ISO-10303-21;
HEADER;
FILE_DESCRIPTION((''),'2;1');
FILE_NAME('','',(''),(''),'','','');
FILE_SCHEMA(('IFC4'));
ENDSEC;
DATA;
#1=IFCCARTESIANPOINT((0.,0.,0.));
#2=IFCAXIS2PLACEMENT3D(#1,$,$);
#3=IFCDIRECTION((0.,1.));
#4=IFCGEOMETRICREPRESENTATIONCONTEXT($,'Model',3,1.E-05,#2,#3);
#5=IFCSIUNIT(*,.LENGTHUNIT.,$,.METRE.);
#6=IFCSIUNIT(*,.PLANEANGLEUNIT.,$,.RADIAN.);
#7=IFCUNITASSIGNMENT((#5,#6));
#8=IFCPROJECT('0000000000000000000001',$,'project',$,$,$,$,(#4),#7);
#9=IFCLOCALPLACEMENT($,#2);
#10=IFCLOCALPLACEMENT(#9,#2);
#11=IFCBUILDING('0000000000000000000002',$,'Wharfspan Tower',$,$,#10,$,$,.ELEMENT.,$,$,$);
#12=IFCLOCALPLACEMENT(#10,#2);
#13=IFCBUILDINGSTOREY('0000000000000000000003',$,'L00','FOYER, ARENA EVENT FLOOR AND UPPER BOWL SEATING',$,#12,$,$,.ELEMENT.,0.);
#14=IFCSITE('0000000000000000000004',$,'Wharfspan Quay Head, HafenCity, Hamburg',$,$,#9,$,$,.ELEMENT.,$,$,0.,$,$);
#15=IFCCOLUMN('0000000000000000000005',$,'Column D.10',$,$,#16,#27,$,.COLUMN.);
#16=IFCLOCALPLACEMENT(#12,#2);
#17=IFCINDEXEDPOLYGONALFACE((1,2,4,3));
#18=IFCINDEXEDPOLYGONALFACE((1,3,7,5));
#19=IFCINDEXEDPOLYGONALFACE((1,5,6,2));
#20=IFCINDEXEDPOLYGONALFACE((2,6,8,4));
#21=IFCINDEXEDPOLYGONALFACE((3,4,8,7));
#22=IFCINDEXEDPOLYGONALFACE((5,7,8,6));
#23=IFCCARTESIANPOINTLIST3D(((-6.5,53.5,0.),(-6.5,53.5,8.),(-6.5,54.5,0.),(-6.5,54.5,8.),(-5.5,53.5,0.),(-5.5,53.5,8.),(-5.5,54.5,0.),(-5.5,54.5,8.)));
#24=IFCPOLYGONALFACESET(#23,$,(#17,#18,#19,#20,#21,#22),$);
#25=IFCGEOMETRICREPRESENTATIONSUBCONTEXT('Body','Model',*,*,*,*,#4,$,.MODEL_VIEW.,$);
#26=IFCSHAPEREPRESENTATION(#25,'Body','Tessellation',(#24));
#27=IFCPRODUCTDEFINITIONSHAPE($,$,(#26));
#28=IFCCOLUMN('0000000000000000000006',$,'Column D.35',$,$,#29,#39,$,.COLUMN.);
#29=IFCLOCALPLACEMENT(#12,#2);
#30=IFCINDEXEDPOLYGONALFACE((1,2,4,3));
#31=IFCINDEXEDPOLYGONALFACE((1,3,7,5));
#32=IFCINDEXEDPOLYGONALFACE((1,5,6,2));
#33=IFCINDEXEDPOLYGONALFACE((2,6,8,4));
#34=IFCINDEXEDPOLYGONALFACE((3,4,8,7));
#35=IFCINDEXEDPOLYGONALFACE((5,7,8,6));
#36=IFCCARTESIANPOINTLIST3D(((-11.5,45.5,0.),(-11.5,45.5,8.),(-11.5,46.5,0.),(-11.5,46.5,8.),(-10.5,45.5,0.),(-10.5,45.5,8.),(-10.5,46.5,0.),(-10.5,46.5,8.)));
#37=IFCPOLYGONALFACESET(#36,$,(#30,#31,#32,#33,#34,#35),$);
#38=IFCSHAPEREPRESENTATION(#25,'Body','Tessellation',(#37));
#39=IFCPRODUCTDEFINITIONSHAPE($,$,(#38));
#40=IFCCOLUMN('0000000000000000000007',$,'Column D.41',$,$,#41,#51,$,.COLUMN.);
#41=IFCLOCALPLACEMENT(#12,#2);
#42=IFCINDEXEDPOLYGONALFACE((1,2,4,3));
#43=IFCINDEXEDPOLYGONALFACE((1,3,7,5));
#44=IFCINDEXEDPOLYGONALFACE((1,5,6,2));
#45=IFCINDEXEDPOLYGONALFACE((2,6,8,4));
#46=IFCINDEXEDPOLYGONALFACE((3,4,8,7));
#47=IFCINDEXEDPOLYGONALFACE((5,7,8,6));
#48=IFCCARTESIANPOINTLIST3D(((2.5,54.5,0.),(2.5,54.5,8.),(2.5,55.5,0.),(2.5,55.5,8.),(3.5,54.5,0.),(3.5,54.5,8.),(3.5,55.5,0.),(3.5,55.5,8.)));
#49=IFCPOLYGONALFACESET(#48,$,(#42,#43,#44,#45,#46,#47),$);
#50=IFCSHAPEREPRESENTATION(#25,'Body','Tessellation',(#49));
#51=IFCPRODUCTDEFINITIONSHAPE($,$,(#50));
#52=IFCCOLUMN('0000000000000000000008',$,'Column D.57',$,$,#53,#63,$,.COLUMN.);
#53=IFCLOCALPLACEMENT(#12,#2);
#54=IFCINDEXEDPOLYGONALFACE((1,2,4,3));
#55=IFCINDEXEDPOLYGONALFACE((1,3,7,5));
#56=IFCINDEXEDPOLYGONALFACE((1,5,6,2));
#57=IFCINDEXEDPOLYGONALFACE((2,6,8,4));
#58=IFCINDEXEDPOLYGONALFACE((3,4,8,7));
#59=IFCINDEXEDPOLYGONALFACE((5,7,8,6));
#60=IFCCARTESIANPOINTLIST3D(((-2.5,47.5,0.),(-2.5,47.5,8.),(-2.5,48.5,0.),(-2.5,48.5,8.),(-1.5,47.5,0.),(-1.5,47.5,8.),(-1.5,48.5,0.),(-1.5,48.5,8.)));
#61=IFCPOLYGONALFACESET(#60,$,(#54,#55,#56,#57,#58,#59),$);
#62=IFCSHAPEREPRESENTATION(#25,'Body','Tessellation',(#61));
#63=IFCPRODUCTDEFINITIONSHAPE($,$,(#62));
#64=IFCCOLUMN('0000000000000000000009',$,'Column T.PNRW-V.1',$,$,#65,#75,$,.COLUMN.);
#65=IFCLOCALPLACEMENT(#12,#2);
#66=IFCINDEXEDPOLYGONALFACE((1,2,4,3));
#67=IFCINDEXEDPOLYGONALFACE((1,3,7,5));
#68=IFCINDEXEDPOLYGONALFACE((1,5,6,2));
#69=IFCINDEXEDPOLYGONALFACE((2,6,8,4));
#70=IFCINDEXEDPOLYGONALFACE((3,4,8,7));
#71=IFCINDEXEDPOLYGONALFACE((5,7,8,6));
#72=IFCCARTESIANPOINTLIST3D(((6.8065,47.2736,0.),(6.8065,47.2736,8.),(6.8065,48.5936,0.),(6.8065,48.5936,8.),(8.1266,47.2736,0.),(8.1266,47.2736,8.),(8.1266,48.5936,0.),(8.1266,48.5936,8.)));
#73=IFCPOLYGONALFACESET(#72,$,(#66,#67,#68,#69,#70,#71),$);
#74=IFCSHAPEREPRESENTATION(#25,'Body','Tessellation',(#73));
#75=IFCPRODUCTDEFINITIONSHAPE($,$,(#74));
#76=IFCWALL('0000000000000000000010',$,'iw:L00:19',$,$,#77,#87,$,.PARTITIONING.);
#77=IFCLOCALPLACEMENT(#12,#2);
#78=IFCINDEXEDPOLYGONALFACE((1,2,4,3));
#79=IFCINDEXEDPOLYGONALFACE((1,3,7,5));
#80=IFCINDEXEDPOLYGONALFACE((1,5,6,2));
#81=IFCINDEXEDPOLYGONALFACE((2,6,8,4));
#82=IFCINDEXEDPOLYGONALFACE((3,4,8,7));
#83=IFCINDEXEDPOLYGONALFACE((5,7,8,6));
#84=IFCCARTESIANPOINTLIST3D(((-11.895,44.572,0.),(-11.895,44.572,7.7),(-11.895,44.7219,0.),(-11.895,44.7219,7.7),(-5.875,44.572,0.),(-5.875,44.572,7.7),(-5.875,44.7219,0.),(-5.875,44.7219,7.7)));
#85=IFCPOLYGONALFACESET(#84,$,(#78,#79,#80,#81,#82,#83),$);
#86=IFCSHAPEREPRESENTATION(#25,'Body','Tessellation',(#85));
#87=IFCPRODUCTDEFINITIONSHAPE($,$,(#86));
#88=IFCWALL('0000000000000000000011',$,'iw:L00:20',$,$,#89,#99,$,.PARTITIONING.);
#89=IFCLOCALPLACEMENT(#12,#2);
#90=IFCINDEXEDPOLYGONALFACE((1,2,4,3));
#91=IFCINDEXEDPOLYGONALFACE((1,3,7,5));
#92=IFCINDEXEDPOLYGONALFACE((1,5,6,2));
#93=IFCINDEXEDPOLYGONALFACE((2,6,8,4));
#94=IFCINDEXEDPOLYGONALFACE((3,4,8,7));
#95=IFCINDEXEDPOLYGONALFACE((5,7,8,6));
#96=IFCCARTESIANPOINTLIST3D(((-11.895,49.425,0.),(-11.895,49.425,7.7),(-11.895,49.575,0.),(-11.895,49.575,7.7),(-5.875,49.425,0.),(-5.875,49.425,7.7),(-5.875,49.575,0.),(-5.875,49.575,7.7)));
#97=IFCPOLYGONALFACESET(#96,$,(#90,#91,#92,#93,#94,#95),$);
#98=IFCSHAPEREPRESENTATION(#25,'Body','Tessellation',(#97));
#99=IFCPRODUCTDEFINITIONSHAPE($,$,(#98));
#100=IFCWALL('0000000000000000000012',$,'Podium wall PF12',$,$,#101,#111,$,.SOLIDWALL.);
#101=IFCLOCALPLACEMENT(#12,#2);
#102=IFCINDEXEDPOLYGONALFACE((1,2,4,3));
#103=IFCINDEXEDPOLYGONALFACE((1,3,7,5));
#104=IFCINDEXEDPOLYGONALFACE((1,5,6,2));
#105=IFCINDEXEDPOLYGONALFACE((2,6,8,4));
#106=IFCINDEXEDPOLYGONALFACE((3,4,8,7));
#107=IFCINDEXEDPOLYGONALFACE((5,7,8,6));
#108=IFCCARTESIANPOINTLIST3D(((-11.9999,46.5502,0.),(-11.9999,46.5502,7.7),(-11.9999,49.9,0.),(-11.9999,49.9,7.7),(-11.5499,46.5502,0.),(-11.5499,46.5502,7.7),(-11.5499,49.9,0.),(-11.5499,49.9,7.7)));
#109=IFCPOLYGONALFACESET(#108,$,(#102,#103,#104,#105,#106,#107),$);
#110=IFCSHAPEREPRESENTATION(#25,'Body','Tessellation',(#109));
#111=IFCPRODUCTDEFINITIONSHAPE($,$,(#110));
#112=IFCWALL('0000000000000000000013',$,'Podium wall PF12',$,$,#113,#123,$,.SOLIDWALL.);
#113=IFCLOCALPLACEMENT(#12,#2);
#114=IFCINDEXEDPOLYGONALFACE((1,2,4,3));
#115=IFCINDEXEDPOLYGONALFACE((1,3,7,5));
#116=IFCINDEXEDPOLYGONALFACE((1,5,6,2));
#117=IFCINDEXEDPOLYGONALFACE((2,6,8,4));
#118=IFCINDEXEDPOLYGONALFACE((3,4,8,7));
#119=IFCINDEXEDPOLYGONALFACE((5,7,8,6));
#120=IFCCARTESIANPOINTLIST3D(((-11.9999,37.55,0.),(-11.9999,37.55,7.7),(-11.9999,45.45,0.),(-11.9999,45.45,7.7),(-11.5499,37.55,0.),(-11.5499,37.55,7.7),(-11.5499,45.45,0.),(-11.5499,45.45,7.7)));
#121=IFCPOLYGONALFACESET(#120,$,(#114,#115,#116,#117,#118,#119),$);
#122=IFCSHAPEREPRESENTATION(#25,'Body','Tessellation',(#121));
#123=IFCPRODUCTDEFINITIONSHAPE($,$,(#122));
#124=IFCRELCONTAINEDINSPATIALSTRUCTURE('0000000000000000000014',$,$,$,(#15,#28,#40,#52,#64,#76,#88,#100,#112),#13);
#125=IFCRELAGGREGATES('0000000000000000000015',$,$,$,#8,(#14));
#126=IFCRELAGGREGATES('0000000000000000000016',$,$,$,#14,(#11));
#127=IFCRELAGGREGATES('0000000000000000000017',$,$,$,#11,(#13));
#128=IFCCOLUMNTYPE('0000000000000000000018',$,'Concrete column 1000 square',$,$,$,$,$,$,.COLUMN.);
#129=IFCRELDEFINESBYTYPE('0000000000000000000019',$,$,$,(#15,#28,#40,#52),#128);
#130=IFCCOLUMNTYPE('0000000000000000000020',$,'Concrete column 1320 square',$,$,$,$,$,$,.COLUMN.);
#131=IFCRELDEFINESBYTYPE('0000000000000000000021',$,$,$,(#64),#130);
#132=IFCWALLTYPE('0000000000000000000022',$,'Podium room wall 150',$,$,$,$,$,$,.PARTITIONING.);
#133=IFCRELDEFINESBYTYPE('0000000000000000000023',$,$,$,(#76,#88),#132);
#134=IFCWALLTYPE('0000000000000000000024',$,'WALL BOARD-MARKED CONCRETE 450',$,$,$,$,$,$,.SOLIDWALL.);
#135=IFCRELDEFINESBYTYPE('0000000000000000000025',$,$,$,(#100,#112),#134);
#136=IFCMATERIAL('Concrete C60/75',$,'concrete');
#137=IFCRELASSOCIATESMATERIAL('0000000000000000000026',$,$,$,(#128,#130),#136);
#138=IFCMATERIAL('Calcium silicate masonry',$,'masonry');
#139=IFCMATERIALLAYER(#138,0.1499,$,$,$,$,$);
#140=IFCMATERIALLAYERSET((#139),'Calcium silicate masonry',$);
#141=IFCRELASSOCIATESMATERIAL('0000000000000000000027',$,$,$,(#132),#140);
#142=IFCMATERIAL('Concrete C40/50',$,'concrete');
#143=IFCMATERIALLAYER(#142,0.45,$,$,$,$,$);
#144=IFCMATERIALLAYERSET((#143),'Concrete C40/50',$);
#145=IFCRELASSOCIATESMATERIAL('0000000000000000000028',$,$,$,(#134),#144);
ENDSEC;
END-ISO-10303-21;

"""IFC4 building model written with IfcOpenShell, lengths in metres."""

from ifc_helpers import new_model, si_unit, direction, frame, frame_2d, origin, origin_2d, place, context, subcontext, project, spatial, rectangle, extrude, material, layer, layer_set, material_profile, profile_set, type_object, element, save


model = new_model("IFC4")

# Units and contexts
model_context = context("Model", 3, precision=1e-05, world=origin(), true_north=direction((0.0, 1.0)))
body_context = subcontext(model_context, "Body", "Model", "MODEL_VIEW")
ifc_project = project(units=[si_unit("LENGTHUNIT", "METRE"), si_unit("PLANEANGLEUNIT", "RADIAN")], contexts=[model_context])

# Site, building, storey
site_placement = place(None, origin())
site = spatial("IfcSite", under=ifc_project, at=site_placement, Name="Wharfspan Quay Head, HafenCity, Hamburg", CompositionType="ELEMENT", RefElevation=0.0)
building_placement = place(site_placement, origin())
building = spatial("IfcBuilding", under=site, at=building_placement, Name="Wharfspan Tower", CompositionType="ELEMENT")
storey_placement = place(building_placement, origin())
storey = spatial("IfcBuildingStorey", under=building, at=storey_placement, Name="L00", Description="FOYER, ARENA EVENT FLOOR AND UPPER BOWL SEATING", CompositionType="ELEMENT", Elevation=0.0)

# Columns
ifc_material_1 = material(Name="Concrete C60/75", Category="concrete")
ifc_material_profile_1 = material_profile(ifc_material_1, rectangle(XDim=1.0, YDim=1.0, at=origin_2d()))
ifc_profile_set_1 = profile_set([ifc_material_profile_1], Name="Concrete C60/75")
column_type_1 = type_object("IfcColumnType", Name="Concrete column 1000 square", PredefinedType="COLUMN", material=ifc_profile_set_1)
for number, where, z_axis, x_axis, name in (
    (1, (-6.0, 54.0, 0.0), (0.0, 0.0, 1.0), (1.0, 0.0, 0.0), "Column D.10"),
    (2, (-11.0, 46.0, 0.0), (0.0, 0.0, 1.0), (1.0, 0.0, 0.0), "Column D.35"),
    (3, (3.0, 55.0, 0.0), (0.0, 0.0, 1.0), (1.0, 0.0, 0.0), "Column D.41"),
    (4, (-2.0, 48.0, 0.0), (0.0, 0.0, 1.0), (1.0, 0.0, 0.0), "Column D.57"),
):
    element("IfcColumn", number, at=place(storey_placement, frame(where, z_axis=z_axis, x_axis=x_axis)), inside=storey, type_object=column_type_1, Name=name, PredefinedType="COLUMN", context=body_context, shape_type="SweptSolid", body=[
        extrude(rectangle(XDim=1.0, YDim=1.0, at=origin_2d()), origin(), (0.0, 0.0, 1.0), 8.0),
    ])
ifc_material_profile_2 = material_profile(ifc_material_1, rectangle(XDim=1.3201, YDim=1.3201, at=origin_2d()))
ifc_profile_set_2 = profile_set([ifc_material_profile_2], Name="Concrete C60/75")
column_type_2 = type_object("IfcColumnType", Name="Concrete column 1320 square", PredefinedType="COLUMN", material=ifc_profile_set_2)
column_placement = place(storey_placement, frame((7.4666, 47.9336, 0.0), z_axis=(0.0, 0.0, 1.0), x_axis=(1.0, 0.0, 0.0)))
element("IfcColumn", 5, at=column_placement, inside=storey, type_object=column_type_2, Name="Column T.PNRW-V.1", PredefinedType="COLUMN", context=body_context, shape_type="SweptSolid", body=[
    extrude(rectangle(XDim=1.3201, YDim=1.3201, at=origin_2d()), origin(), (0.0, 0.0, 1.0), 8.0),
])

# Walls
ifc_material_2 = material(Name="Calcium silicate masonry", Category="masonry")
ifc_layer_1 = layer(ifc_material_2, 0.1499)
ifc_layer_set_1 = layer_set([ifc_layer_1], Name="Calcium silicate masonry")
wall_type_1 = type_object("IfcWallType", Name="Podium room wall 150", PredefinedType="PARTITIONING", material=ifc_layer_set_1)
for number, where, z_axis, x_axis, name in (
    (6, (-11.895, 44.647, 0.0), (0.0, 0.0, 1.0), (1.0, 0.0, 0.0), "iw:L00:19"),
    (7, (-11.895, 49.5, 0.0), (0.0, 0.0, 1.0), (1.0, 0.0, 0.0), "iw:L00:20"),
):
    element("IfcWall", number, at=place(storey_placement, frame(where, z_axis=z_axis, x_axis=x_axis)), inside=storey, type_object=wall_type_1, Name=name, PredefinedType="PARTITIONING", context=body_context, shape_type="SweptSolid", body=[
        extrude(rectangle(XDim=6.02, YDim=0.1499, at=frame_2d((3.01, 0.0))), origin(), (0.0, 0.0, 1.0), 7.7),
    ])

# Shared definitions
ifc_material_3 = material(Name="Concrete C40/50", Category="concrete")
ifc_layer_2 = layer(ifc_material_3, 0.45)
ifc_layer_set_2 = layer_set([ifc_layer_2], Name="Concrete C40/50")
wall_type_2 = type_object("IfcWallType", Name="WALL BOARD-MARKED CONCRETE 450", PredefinedType="SOLIDWALL", material=ifc_layer_set_2)

# Walls
wall_1_placement = place(storey_placement, frame((-11.7749, 49.8999, 0.0), z_axis=(0.0, 0.0, 1.0), x_axis=(0.0, -1.0, 0.0)))
element("IfcWall", 8, at=wall_1_placement, inside=storey, type_object=wall_type_2, Name="Podium wall PF12", PredefinedType="SOLIDWALL", context=body_context, shape_type="SweptSolid", body=[
    extrude(rectangle(XDim=3.3499, YDim=0.45, at=frame_2d((1.6748, 0.0))), origin(), (0.0, 0.0, 1.0), 7.7),
])
wall_2_placement = place(storey_placement, frame((-11.7749, 45.45, 0.0), z_axis=(0.0, 0.0, 1.0), x_axis=(0.0, -1.0, 0.0)))
element("IfcWall", 9, at=wall_2_placement, inside=storey, type_object=wall_type_2, Name="Podium wall PF12", PredefinedType="SOLIDWALL", context=body_context, shape_type="SweptSolid", body=[
    extrude(rectangle(XDim=7.8999, YDim=0.45, at=frame_2d((3.95, 0.0))), origin(), (0.0, 0.0, 1.0), 7.7),
])

save(model, "model.ifc")
